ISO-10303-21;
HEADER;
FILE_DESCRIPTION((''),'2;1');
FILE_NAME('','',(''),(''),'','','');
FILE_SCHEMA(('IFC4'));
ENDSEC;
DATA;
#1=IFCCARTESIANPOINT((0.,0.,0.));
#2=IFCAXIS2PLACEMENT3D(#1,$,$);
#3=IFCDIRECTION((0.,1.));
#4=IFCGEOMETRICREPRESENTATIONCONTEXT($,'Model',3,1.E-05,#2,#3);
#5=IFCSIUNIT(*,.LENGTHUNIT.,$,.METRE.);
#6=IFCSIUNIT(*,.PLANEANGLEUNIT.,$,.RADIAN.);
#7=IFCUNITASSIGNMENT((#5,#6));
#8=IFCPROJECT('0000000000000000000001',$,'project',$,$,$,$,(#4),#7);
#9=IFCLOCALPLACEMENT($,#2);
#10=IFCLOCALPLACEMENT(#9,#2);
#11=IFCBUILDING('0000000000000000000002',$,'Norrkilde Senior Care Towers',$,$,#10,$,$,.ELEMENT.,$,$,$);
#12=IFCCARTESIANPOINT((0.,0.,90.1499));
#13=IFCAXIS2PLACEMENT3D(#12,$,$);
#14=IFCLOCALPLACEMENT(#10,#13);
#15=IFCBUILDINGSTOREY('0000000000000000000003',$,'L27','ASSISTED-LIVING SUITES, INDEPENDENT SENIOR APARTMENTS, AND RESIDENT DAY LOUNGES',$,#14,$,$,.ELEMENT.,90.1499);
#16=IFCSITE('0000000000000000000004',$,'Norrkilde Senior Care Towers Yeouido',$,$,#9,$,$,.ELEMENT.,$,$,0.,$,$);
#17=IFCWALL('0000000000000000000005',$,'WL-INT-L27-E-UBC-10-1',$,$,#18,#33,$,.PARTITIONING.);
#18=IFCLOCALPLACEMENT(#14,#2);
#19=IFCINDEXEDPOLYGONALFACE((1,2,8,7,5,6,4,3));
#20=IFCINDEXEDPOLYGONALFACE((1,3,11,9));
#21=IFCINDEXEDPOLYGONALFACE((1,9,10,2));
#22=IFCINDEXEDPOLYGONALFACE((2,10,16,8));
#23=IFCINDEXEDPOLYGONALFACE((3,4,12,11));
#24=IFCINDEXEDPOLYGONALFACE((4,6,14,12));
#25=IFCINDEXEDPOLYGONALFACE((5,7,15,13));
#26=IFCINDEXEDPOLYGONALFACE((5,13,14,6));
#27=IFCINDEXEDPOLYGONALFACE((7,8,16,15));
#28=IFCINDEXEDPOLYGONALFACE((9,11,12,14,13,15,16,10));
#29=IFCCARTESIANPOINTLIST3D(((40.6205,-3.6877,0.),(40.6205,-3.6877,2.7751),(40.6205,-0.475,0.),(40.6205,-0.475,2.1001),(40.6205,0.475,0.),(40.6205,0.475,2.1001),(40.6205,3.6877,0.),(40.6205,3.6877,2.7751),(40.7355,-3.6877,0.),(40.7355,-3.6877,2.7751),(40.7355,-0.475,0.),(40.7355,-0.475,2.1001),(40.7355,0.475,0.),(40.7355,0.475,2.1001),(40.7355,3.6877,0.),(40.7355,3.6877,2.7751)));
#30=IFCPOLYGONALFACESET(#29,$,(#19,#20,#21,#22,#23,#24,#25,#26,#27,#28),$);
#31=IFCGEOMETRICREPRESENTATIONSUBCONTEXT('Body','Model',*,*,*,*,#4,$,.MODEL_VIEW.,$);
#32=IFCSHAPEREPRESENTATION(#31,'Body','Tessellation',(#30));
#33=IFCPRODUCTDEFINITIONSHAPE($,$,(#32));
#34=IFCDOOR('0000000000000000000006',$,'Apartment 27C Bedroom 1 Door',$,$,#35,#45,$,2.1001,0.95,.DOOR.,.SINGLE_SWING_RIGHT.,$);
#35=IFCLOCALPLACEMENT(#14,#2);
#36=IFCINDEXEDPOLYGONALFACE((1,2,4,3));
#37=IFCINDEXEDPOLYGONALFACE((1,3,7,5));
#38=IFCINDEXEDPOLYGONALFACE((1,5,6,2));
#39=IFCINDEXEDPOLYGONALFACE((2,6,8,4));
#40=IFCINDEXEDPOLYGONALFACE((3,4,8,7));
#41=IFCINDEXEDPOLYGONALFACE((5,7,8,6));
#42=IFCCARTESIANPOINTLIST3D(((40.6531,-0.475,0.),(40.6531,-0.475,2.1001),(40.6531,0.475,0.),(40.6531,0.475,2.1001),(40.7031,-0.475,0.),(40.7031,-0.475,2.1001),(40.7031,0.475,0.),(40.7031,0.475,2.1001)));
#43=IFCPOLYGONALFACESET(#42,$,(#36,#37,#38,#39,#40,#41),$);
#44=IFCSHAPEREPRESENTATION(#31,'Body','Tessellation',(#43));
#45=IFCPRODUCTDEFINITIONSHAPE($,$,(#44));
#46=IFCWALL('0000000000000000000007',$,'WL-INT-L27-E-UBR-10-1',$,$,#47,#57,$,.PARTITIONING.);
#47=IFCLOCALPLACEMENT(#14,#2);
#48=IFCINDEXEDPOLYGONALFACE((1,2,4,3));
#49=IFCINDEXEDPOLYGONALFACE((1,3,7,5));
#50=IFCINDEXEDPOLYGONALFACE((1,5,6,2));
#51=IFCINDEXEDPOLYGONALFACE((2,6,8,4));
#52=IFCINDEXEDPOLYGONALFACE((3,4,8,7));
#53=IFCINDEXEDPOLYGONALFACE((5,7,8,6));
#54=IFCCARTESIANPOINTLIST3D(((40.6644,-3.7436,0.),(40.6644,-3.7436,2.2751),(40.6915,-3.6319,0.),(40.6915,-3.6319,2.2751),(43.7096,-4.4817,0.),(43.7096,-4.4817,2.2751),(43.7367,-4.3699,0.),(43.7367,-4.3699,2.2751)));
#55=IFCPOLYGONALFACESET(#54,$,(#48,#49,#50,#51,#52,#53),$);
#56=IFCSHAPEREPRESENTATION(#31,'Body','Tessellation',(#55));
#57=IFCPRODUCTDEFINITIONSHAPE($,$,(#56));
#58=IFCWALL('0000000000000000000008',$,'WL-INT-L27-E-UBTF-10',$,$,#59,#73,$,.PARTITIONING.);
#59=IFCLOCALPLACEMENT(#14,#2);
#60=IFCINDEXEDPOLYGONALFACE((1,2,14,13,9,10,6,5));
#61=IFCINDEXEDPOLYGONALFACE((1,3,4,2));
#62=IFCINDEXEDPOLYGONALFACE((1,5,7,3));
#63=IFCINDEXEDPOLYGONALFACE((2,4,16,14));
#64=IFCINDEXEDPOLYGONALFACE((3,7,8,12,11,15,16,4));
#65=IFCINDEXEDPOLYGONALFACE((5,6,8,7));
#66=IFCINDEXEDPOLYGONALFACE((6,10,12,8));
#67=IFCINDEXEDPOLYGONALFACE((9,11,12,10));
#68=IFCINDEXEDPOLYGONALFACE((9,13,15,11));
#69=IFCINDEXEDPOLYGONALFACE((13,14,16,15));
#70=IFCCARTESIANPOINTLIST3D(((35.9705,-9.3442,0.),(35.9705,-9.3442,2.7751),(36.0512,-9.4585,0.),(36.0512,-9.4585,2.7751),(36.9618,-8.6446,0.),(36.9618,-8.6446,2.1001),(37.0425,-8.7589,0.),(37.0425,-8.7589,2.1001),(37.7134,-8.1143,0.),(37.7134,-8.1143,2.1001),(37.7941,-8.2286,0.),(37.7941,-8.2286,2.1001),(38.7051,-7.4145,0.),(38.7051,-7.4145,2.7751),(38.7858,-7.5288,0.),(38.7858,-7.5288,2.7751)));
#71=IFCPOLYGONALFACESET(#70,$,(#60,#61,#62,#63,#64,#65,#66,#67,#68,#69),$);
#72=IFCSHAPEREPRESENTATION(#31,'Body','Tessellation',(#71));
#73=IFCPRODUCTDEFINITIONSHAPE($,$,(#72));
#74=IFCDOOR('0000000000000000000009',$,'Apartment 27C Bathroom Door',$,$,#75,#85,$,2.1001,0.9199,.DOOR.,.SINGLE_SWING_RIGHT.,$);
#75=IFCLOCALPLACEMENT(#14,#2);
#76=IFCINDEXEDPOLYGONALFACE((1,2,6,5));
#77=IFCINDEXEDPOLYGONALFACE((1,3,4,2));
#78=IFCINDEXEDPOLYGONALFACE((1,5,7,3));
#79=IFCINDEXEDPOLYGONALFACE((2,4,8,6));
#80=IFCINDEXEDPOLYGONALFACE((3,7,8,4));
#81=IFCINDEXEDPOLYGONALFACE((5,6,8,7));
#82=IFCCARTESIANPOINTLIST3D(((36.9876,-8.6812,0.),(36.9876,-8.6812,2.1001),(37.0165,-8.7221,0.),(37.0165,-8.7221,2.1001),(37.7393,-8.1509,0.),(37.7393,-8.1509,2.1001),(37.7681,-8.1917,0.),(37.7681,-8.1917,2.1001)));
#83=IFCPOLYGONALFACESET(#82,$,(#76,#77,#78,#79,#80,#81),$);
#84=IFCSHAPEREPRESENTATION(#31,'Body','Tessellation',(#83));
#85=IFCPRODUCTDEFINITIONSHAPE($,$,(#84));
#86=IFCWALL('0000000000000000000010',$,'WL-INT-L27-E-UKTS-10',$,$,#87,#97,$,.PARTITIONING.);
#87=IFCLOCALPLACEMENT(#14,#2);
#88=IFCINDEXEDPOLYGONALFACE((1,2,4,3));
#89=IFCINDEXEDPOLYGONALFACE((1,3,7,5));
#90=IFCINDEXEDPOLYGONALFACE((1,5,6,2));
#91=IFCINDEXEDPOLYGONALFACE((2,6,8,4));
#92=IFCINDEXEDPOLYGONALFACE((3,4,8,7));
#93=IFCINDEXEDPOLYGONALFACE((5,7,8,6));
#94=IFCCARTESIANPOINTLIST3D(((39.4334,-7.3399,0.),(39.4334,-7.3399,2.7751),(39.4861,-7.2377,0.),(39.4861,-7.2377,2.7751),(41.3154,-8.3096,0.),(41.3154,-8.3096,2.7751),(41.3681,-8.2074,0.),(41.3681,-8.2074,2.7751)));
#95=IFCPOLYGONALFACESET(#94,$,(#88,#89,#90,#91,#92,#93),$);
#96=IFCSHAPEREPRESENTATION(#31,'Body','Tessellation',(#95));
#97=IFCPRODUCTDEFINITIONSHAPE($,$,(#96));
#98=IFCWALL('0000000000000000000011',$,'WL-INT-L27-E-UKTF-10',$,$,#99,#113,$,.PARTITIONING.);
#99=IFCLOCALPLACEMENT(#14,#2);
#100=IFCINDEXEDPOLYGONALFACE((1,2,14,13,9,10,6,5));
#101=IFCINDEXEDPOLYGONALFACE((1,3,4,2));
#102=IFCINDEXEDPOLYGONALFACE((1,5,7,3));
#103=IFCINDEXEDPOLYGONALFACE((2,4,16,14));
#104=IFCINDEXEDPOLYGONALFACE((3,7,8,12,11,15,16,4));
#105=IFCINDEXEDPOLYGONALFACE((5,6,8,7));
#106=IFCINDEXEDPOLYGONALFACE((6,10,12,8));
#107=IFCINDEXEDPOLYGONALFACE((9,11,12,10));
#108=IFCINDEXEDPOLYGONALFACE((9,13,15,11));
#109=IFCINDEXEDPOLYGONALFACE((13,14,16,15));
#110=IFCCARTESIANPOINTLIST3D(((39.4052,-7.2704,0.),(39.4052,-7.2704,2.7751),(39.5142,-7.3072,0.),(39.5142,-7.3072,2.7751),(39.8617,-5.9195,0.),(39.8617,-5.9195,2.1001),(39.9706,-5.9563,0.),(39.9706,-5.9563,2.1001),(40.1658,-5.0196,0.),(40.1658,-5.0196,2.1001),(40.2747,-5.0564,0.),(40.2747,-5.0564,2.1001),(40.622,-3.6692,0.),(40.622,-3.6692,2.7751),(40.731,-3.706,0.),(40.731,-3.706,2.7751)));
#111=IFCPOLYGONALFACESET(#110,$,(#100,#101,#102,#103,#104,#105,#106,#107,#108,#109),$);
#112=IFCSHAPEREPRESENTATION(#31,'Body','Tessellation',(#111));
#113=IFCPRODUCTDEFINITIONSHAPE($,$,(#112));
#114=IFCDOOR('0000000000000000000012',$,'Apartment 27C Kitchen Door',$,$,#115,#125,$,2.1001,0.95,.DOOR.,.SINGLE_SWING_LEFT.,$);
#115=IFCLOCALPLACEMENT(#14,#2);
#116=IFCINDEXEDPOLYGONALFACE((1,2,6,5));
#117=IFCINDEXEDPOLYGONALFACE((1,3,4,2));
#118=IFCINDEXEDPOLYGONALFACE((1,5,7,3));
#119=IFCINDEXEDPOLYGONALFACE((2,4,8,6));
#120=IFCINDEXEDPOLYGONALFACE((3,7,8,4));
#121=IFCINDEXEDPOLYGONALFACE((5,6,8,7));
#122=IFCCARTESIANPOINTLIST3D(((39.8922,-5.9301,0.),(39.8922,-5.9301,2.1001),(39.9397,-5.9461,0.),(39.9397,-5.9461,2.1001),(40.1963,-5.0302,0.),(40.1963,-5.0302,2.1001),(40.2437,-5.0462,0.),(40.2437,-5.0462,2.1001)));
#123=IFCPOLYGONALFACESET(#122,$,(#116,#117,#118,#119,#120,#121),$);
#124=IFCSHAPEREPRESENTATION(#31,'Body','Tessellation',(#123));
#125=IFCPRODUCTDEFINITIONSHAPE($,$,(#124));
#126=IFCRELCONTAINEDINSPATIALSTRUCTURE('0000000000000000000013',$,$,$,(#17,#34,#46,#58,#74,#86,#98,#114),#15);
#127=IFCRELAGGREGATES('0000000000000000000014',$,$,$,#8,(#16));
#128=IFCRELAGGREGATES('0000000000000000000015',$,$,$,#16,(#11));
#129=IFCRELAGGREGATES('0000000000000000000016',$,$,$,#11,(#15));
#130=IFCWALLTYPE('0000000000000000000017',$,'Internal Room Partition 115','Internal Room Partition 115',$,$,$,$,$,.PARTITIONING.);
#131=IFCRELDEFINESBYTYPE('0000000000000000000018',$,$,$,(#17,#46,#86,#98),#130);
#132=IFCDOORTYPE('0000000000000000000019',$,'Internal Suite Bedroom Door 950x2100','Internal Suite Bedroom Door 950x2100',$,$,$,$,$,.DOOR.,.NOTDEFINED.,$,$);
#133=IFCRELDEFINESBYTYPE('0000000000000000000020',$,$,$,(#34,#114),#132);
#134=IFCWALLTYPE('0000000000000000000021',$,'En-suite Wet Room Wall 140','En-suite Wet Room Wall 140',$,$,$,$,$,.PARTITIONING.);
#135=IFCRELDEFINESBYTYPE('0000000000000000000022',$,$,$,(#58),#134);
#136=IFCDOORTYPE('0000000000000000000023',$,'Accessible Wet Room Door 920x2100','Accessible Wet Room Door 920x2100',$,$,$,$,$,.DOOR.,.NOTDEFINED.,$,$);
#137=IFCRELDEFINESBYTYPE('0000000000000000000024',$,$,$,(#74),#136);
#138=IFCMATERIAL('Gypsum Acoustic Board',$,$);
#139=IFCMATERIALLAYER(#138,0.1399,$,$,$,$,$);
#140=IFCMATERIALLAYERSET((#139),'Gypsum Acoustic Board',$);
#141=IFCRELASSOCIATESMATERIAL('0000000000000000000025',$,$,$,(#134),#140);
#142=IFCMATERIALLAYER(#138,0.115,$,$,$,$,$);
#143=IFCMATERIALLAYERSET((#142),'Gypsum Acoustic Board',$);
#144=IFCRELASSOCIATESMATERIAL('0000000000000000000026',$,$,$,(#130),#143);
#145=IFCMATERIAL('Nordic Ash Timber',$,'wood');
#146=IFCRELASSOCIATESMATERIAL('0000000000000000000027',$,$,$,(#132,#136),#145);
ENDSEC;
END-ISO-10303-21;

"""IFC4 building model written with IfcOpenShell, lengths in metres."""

from ifc_helpers import new_model, si_unit, direction, frame, frame_2d, origin, place, context, subcontext, project, spatial, rectangle, extrude, source, transform, mapped, material, layer, layer_set, type_object, type_shapes, element, fill, save


model = new_model("IFC4")

# Units and contexts
model_context = context("Model", 3, precision=1e-05, world=origin(), true_north=direction((0.0, 1.0)))
body_context = subcontext(model_context, "Body", "Model", "MODEL_VIEW")
ifc_project = project(units=[si_unit("LENGTHUNIT", "METRE"), si_unit("PLANEANGLEUNIT", "RADIAN")], contexts=[model_context])

# Site, building, storey
site_placement = place(None, origin())
site = spatial("IfcSite", under=ifc_project, at=site_placement, Name="Norrkilde Senior Care Towers Yeouido", CompositionType="ELEMENT", RefElevation=0.0)
building_placement = place(site_placement, origin())
building = spatial("IfcBuilding", under=site, at=building_placement, Name="Norrkilde Senior Care Towers", CompositionType="ELEMENT")
storey_placement = place(building_placement, frame((0.0, 0.0, 90.1499)))
storey = spatial("IfcBuildingStorey", under=building, at=storey_placement, Name="L27", Description="ASSISTED-LIVING SUITES, INDEPENDENT SENIOR APARTMENTS, AND RESIDENT DAY LOUNGES", CompositionType="ELEMENT", Elevation=90.1499)

# Shared definitions
ifc_material_1 = material(Name="Gypsum Acoustic Board")
ifc_layer_1 = layer(ifc_material_1, 0.1399)
ifc_layer_set_1 = layer_set([ifc_layer_1], Name="Gypsum Acoustic Board")
wall_type_1 = type_object("IfcWallType", Name="En-suite Wet Room Wall 140", Description="En-suite Wet Room Wall 140", PredefinedType="PARTITIONING", material=ifc_layer_set_1)

# Wall, opening, door
ifc_layer_2 = layer(ifc_material_1, 0.115)
ifc_layer_set_2 = layer_set([ifc_layer_2], Name="Gypsum Acoustic Board")
wall_type_2 = type_object("IfcWallType", Name="Internal Room Partition 115", Description="Internal Room Partition 115", PredefinedType="PARTITIONING", material=ifc_layer_set_2)
shared_shape_1 = source(origin(), body_context, "Body", "SweptSolid", [
    extrude(rectangle(XDim=7.3755, YDim=0.115, at=frame_2d((3.6877, 0.0))), origin(), (0.0, 0.0, 1.0), 2.7751),
])
wall_1_placement = place(storey_placement, frame((40.678, -3.6877, 0.0), z_axis=(0.0, 0.0, 1.0), x_axis=(0.0, 1.0, 0.0)))
wall_1 = element("IfcWall", 1, at=wall_1_placement, inside=storey, type_object=wall_type_2, Name="WL-INT-L27-E-UBC-10-1", PredefinedType="PARTITIONING", context=body_context, shape_type="MappedRepresentation", body=[
    mapped(shared_shape_1, transform((0.0, 0.0, 0.0), x_axis=(1.0, 0.0, 0.0), y_axis=(0.0, 1.0, 0.0), z_axis=(0.0, 0.0, 1.0), scale=1.0)),
])
opening_1_placement = place(wall_1_placement, frame((3.2126, 0.0, 0.0)))
opening_1 = element("IfcOpeningElement", 2, at=opening_1_placement, cuts=wall_1, PredefinedType="OPENING", context=body_context, shape_type="SweptSolid", body=[
    extrude(rectangle(XDim=0.95, YDim=2.1001, at=frame_2d((0.4751, 1.05))), frame((0.0, 0.0674, 0.0), z_axis=(0.0, -1.0, 0.0), x_axis=(1.0, 0.0, 0.0)), (0.0, 0.0, 1.0), 0.135),
])
ifc_material_2 = material(Name="Nordic Ash Timber", Category="wood")
door_type_1 = type_object("IfcDoorType", Name="Internal Suite Bedroom Door 950x2100", Description="Internal Suite Bedroom Door 950x2100", OperationType="NOTDEFINED", PredefinedType="DOOR", material=ifc_material_2)
shared_shape_2 = source(origin(), body_context, "Body", "SweptSolid", [
    extrude(rectangle(XDim=0.95, YDim=2.1001, at=frame_2d((0.4751, 1.05))), frame((0.0, 0.0249, 0.0), z_axis=(0.0, -1.0, 0.0), x_axis=(1.0, 0.0, 0.0)), (0.0, 0.0, 1.0), 0.05),
])
type_shapes(door_type_1, [shared_shape_2])
door_1_placement = place(opening_1_placement, origin())
door_1 = element("IfcDoor", 3, at=door_1_placement, inside=storey, type_object=door_type_1, Name="Apartment 27C Bedroom 1 Door", OperationType="SINGLE_SWING_RIGHT", OverallHeight=2.1001, OverallWidth=0.95, PredefinedType="DOOR", context=body_context, shape_type="MappedRepresentation", body=[
    mapped(shared_shape_2, transform((0.0, 0.0, 0.0), x_axis=(1.0, 0.0, 0.0), y_axis=(0.0, 1.0, 0.0), z_axis=(0.0, 0.0, 1.0), scale=1.0)),
])
fill(opening_1, door_1)

# Wall
shared_shape_3 = source(origin(), body_context, "Body", "SweptSolid", [
    extrude(rectangle(XDim=3.1333, YDim=0.115, at=frame_2d((1.5667, 0.0))), origin(), (0.0, 0.0, 1.0), 2.2751),
])
wall_2_placement = place(storey_placement, frame((40.678, -3.6877, 0.0), z_axis=(0.0, 0.0, 1.0), x_axis=(0.971864, -0.235544, 0.0)))
element("IfcWall", 4, at=wall_2_placement, inside=storey, type_object=wall_type_2, Name="WL-INT-L27-E-UBR-10-1", PredefinedType="PARTITIONING", context=body_context, shape_type="MappedRepresentation", body=[
    mapped(shared_shape_3, transform((0.0, 0.0, 0.0), x_axis=(1.0, 0.0, 0.0), y_axis=(0.0, 1.0, 0.0), z_axis=(0.0, 0.0, 1.0), scale=1.0)),
])

# Wall, opening, door
shared_shape_4 = source(origin(), body_context, "Body", "SweptSolid", [
    extrude(rectangle(XDim=3.3469, YDim=0.1399, at=frame_2d((1.6733, 0.0))), origin(), (0.0, 0.0, 1.0), 2.7751),
])
wall_3_placement = place(storey_placement, frame((38.7454, -7.4717, 0.0), z_axis=(0.0, 0.0, 1.0), x_axis=(-0.817057, -0.576557, 0.0)))
wall_3 = element("IfcWall", 5, at=wall_3_placement, inside=storey, type_object=wall_type_1, Name="WL-INT-L27-E-UBTF-10", PredefinedType="PARTITIONING", context=body_context, shape_type="MappedRepresentation", body=[
    mapped(shared_shape_4, transform((0.0, 0.0, 0.0), x_axis=(1.0, 0.0, 0.0), y_axis=(0.0, 1.0, 0.0), z_axis=(0.0, 0.0, 1.0), scale=1.0)),
])
opening_2_placement = place(wall_3_placement, frame((1.2136, 0.0, 0.0)))
opening_2 = element("IfcOpeningElement", 6, at=opening_2_placement, cuts=wall_3, PredefinedType="OPENING", context=body_context, shape_type="SweptSolid", body=[
    extrude(rectangle(XDim=0.9199, YDim=2.1001, at=frame_2d((0.46, 1.05))), frame((0.0, 0.0798, 0.0), z_axis=(0.0, -1.0, 0.0), x_axis=(1.0, 0.0, 0.0)), (0.0, 0.0, 1.0), 0.1599),
])
door_type_2 = type_object("IfcDoorType", Name="Accessible Wet Room Door 920x2100", Description="Accessible Wet Room Door 920x2100", OperationType="NOTDEFINED", PredefinedType="DOOR", material=ifc_material_2)
shared_shape_5 = source(origin(), body_context, "Body", "SweptSolid", [
    extrude(rectangle(XDim=0.9199, YDim=2.1001, at=frame_2d((0.46, 1.05))), frame((0.0, 0.0249, 0.0), z_axis=(0.0, -1.0, 0.0), x_axis=(1.0, 0.0, 0.0)), (0.0, 0.0, 1.0), 0.05),
])
type_shapes(door_type_2, [shared_shape_5])
door_2_placement = place(opening_2_placement, origin())
door_2 = element("IfcDoor", 7, at=door_2_placement, inside=storey, type_object=door_type_2, Name="Apartment 27C Bathroom Door", OperationType="SINGLE_SWING_RIGHT", OverallHeight=2.1001, OverallWidth=0.9199, PredefinedType="DOOR", context=body_context, shape_type="MappedRepresentation", body=[
    mapped(shared_shape_5, transform((0.0, 0.0, 0.0), x_axis=(1.0, 0.0, 0.0), y_axis=(0.0, 1.0, 0.0), z_axis=(0.0, 0.0, 1.0), scale=1.0)),
])
fill(opening_2, door_2)

# Wall
shared_shape_6 = source(origin(), body_context, "Body", "SweptSolid", [
    extrude(rectangle(XDim=2.1172, YDim=0.115, at=frame_2d((1.0586, 0.0))), origin(), (0.0, 0.0, 1.0), 2.7751),
])
wall_4_placement = place(storey_placement, frame((39.4597, -7.2888, 0.0), z_axis=(0.0, 0.0, 1.0), x_axis=(0.888942, -0.45802, 0.0)))
element("IfcWall", 8, at=wall_4_placement, inside=storey, type_object=wall_type_2, Name="WL-INT-L27-E-UKTS-10", PredefinedType="PARTITIONING", context=body_context, shape_type="MappedRepresentation", body=[
    mapped(shared_shape_6, transform((0.0, 0.0, 0.0), x_axis=(1.0, 0.0, 0.0), y_axis=(0.0, 1.0, 0.0), z_axis=(0.0, 0.0, 1.0), scale=1.0)),
])

# Wall, opening, door
shared_shape_7 = source(origin(), body_context, "Body", "SweptSolid", [
    extrude(rectangle(XDim=3.8013, YDim=0.115, at=frame_2d((1.9006, 0.0))), origin(), (0.0, 0.0, 1.0), 2.7751),
])
type_shapes(wall_type_2, [shared_shape_1, shared_shape_3, shared_shape_6, shared_shape_7])
wall_5_placement = place(storey_placement, frame((39.4597, -7.2888, 0.0), z_axis=(0.0, 0.0, 1.0), x_axis=(0.320098, 0.947384, 0.0)))
wall_5 = element("IfcWall", 9, at=wall_5_placement, inside=storey, type_object=wall_type_2, Name="WL-INT-L27-E-UKTF-10", PredefinedType="PARTITIONING", context=body_context, shape_type="MappedRepresentation", body=[
    mapped(shared_shape_7, transform((0.0, 0.0, 0.0), x_axis=(1.0, 0.0, 0.0), y_axis=(0.0, 1.0, 0.0), z_axis=(0.0, 0.0, 1.0), scale=1.0)),
])
opening_3_placement = place(wall_5_placement, frame((1.4258, 0.0, 0.0)))
opening_3 = element("IfcOpeningElement", 10, at=opening_3_placement, cuts=wall_5, PredefinedType="OPENING", context=body_context, shape_type="SweptSolid", body=[
    extrude(rectangle(XDim=0.95, YDim=2.1001, at=frame_2d((0.4751, 1.05))), frame((0.0, 0.0674, 0.0), z_axis=(0.0, -1.0, 0.0), x_axis=(1.0, 0.0, 0.0)), (0.0, 0.0, 1.0), 0.135),
])
door_3_placement = place(opening_3_placement, frame((0.95, 0.0, 0.0), z_axis=(0.0, 0.0, 1.0), x_axis=(-1.0, 0.0, 0.0)))
door_3 = element("IfcDoor", 11, at=door_3_placement, inside=storey, type_object=door_type_1, Name="Apartment 27C Kitchen Door", OperationType="SINGLE_SWING_LEFT", OverallHeight=2.1001, OverallWidth=0.95, PredefinedType="DOOR", context=body_context, shape_type="MappedRepresentation", body=[
    mapped(shared_shape_2, transform((0.0, 0.0, 0.0), x_axis=(1.0, 0.0, 0.0), y_axis=(0.0, 1.0, 0.0), z_axis=(0.0, 0.0, 1.0), scale=1.0)),
])
fill(opening_3, door_3)

save(model, "model.ifc")
